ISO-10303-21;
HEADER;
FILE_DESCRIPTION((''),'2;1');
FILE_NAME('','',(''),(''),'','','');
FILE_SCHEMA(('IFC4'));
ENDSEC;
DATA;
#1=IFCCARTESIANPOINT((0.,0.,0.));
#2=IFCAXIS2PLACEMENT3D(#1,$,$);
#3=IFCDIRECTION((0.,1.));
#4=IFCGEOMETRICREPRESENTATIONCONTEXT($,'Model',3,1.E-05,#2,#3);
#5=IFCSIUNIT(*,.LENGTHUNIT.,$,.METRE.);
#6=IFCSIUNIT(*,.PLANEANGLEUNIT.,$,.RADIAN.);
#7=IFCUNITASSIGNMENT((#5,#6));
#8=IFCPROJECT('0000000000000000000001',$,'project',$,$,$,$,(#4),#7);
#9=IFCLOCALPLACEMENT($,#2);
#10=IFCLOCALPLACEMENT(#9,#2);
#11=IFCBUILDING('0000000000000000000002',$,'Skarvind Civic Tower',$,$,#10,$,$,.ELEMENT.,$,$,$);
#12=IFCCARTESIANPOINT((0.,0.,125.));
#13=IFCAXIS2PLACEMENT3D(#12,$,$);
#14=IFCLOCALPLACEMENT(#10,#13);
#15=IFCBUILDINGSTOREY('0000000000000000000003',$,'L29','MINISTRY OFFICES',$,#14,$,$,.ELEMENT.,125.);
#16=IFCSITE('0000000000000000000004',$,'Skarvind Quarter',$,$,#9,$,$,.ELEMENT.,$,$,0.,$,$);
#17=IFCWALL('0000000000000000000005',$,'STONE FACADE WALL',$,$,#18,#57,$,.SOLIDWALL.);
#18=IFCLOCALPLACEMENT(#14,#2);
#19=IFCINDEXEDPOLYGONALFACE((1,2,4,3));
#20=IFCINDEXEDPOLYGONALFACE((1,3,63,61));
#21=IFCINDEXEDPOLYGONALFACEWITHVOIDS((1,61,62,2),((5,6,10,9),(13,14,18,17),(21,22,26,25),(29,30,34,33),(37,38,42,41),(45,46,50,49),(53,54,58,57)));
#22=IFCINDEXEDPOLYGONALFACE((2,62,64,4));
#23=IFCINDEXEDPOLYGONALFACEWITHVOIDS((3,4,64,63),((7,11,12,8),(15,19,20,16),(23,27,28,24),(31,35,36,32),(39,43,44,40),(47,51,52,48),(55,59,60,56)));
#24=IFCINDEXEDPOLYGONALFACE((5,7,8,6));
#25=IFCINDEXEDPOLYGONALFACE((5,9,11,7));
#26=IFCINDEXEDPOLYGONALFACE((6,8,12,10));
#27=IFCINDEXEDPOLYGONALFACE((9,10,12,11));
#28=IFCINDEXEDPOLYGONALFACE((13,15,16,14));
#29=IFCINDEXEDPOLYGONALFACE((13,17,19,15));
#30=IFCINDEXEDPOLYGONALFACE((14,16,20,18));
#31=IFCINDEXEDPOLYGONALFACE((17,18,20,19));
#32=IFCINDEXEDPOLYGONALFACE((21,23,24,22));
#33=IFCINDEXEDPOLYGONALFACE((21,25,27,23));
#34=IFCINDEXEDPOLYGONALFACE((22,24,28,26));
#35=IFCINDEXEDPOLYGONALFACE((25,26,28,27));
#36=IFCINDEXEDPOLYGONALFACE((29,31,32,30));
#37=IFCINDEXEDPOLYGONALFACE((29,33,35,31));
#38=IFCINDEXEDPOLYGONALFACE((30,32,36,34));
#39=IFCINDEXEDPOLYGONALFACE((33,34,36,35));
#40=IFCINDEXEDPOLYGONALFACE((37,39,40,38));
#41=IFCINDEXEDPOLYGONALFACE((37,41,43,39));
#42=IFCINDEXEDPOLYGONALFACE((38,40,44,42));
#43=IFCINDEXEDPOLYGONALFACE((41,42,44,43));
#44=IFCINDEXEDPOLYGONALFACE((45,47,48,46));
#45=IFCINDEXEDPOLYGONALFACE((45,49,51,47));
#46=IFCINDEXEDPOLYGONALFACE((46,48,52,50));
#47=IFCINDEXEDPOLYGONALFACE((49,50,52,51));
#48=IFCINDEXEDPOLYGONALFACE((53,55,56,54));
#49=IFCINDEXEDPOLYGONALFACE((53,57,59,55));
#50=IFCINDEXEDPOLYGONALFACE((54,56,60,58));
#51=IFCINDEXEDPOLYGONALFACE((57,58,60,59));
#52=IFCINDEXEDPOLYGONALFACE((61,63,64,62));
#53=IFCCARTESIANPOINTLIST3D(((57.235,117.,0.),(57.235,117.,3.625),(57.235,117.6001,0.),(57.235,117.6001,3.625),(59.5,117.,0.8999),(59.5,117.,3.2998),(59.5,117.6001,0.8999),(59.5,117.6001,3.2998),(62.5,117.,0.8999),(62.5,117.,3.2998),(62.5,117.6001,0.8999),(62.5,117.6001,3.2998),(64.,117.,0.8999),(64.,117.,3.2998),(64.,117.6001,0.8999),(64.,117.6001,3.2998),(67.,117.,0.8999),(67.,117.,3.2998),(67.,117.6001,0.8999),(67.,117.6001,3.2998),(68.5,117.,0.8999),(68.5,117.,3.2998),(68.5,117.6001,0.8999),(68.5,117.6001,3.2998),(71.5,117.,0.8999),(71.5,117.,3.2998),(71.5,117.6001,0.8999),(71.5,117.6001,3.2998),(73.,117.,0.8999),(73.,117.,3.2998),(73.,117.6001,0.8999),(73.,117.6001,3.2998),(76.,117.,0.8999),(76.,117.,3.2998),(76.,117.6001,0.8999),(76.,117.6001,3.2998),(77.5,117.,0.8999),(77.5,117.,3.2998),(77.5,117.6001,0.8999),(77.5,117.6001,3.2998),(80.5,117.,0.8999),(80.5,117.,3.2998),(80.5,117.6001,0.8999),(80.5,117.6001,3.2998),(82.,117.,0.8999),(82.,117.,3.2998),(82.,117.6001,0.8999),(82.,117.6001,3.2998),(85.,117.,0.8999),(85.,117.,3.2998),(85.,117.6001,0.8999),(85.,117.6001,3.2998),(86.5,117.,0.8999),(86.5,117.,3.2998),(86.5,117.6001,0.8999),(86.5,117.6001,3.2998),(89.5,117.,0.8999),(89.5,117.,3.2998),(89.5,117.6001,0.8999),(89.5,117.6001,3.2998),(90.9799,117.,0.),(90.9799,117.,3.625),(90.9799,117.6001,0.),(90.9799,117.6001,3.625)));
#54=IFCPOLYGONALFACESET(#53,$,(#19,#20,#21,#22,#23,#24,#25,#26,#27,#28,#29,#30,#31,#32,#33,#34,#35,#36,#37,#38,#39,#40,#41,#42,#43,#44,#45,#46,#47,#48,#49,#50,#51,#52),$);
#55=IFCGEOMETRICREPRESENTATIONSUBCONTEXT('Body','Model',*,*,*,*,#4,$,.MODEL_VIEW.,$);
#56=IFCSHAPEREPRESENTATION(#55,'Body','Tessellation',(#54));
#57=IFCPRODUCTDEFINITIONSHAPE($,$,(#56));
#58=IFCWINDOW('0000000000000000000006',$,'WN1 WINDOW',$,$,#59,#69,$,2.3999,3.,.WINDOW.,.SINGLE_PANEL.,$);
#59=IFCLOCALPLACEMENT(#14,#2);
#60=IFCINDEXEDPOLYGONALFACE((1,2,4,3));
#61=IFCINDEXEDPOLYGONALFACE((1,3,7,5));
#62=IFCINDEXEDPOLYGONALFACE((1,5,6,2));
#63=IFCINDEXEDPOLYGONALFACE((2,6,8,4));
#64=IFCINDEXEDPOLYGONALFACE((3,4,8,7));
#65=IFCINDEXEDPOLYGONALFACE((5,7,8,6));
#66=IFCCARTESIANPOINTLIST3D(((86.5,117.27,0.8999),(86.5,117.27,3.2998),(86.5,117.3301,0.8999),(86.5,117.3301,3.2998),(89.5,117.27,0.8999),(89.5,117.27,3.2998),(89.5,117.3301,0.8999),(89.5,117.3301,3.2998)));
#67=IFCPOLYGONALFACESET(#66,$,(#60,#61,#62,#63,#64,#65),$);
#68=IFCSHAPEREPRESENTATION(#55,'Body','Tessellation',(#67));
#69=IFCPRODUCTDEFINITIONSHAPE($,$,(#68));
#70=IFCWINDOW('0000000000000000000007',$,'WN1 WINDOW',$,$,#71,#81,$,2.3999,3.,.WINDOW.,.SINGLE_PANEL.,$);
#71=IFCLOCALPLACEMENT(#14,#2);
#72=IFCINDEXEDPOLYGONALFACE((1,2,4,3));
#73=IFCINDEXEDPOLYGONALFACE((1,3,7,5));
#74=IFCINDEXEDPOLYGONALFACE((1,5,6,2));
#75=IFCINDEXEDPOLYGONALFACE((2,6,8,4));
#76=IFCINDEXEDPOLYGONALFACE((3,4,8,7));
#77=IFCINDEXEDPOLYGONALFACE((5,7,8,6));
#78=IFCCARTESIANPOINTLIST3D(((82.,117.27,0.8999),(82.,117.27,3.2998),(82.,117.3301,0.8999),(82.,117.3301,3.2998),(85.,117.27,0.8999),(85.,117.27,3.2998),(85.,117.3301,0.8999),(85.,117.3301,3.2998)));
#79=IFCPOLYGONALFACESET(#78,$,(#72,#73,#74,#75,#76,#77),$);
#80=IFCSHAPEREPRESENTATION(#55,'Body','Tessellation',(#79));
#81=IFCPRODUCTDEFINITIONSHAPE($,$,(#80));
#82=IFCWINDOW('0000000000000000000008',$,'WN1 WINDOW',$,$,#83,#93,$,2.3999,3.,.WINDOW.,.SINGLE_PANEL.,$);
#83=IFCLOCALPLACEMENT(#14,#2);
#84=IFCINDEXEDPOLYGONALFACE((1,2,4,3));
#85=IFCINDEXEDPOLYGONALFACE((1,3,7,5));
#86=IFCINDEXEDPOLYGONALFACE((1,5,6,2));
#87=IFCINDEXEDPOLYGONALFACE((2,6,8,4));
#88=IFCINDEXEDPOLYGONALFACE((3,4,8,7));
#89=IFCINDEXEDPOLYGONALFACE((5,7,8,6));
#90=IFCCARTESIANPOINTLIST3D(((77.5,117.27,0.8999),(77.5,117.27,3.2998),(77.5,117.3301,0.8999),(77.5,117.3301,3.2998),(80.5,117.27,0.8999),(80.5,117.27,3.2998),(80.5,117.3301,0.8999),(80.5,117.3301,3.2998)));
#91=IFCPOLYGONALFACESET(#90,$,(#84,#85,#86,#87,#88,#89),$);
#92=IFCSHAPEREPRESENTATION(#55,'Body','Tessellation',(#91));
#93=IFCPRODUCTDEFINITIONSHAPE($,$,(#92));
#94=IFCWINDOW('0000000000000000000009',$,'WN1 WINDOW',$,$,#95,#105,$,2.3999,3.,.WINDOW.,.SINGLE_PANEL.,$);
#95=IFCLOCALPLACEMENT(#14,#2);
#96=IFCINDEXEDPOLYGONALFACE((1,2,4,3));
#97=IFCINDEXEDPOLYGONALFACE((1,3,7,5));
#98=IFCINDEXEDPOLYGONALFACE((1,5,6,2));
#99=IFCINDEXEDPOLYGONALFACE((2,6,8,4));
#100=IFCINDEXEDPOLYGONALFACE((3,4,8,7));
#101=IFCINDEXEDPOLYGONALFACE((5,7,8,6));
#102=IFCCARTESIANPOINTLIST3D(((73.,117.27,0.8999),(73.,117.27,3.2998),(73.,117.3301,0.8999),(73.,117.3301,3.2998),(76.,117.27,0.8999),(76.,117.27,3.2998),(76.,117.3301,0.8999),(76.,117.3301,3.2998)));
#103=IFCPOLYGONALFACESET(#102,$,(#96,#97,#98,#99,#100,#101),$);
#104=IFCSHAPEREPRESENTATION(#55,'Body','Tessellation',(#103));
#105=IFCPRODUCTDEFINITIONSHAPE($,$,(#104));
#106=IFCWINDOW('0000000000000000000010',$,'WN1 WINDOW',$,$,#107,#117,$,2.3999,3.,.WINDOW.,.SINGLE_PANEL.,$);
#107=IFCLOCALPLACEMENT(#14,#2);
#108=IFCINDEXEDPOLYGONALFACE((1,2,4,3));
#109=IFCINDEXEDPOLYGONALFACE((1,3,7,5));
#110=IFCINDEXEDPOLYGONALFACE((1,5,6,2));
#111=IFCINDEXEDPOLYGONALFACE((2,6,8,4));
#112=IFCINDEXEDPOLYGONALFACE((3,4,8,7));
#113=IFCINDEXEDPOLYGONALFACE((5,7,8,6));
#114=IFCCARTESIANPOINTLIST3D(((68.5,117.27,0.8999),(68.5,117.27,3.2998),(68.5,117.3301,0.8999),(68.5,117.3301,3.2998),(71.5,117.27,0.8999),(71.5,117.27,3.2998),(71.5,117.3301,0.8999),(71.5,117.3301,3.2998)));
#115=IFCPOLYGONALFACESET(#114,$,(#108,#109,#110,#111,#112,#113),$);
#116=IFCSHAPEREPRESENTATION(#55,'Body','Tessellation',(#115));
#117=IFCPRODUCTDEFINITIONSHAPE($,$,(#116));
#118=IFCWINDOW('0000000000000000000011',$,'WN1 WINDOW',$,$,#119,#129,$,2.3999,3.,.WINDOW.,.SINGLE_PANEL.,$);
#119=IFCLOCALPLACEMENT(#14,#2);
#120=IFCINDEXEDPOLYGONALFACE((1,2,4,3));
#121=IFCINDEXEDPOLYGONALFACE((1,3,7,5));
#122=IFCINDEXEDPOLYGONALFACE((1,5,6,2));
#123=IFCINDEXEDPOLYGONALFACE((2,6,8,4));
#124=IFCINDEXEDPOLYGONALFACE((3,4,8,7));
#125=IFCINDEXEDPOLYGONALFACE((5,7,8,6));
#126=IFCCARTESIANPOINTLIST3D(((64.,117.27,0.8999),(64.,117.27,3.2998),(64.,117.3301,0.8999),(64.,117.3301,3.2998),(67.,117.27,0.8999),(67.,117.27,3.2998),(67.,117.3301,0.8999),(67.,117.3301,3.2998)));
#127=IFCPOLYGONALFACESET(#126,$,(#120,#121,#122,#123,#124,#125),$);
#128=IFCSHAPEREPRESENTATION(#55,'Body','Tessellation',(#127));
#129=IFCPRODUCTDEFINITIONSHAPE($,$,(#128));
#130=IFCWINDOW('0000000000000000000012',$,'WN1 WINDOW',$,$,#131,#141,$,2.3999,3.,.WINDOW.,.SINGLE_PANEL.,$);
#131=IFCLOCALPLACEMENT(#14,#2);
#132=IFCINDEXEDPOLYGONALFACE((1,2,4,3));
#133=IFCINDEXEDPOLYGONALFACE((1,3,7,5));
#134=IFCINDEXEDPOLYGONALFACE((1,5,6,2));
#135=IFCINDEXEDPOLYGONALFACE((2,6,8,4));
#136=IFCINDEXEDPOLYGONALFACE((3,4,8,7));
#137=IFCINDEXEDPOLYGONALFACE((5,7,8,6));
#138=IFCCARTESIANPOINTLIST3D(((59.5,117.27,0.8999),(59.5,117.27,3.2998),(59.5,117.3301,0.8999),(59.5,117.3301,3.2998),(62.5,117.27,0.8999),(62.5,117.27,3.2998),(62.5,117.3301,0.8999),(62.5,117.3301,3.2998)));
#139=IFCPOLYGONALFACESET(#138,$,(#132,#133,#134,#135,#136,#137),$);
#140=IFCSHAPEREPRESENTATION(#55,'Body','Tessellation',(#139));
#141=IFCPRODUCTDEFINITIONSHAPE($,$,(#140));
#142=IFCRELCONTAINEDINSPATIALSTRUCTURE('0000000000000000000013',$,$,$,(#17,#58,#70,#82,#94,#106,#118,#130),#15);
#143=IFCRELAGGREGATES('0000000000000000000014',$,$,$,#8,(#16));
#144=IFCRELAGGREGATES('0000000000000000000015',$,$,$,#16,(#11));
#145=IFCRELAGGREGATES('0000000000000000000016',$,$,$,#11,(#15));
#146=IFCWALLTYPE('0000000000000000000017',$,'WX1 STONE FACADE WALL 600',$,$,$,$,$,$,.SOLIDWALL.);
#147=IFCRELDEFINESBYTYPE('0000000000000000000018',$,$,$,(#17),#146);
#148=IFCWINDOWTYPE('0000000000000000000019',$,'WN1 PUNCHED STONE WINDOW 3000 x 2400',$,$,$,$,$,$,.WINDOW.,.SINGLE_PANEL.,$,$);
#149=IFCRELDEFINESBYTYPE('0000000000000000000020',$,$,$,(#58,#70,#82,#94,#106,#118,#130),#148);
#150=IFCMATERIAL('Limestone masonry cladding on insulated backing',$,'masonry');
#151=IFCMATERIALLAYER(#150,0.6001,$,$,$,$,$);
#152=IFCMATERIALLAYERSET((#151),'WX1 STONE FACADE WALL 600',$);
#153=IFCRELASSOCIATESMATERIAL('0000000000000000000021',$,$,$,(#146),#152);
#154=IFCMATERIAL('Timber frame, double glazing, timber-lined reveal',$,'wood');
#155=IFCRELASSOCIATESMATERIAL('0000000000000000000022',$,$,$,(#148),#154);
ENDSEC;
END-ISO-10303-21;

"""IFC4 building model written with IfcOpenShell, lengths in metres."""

from ifc_helpers import new_model, si_unit, direction, frame, frame_2d, origin, place, context, subcontext, project, spatial, rectangle, extrude, material, layer, layer_set, type_object, element, fill, save


model = new_model("IFC4")

# Units and contexts
model_context = context("Model", 3, precision=1e-05, world=origin(), true_north=direction((0.0, 1.0)))
body_context = subcontext(model_context, "Body", "Model", "MODEL_VIEW")
ifc_project = project(units=[si_unit("LENGTHUNIT", "METRE"), si_unit("PLANEANGLEUNIT", "RADIAN")], contexts=[model_context])

# Site, building, storey
site_placement = place(None, origin())
site = spatial("IfcSite", under=ifc_project, at=site_placement, Name="Skarvind Quarter", CompositionType="ELEMENT", RefElevation=0.0)
building_placement = place(site_placement, origin())
building = spatial("IfcBuilding", under=site, at=building_placement, Name="Skarvind Civic Tower", CompositionType="ELEMENT")
storey_placement = place(building_placement, frame((0.0, 0.0, 125.0)))
storey = spatial("IfcBuildingStorey", under=building, at=storey_placement, Name="L29", Description="MINISTRY OFFICES", CompositionType="ELEMENT", Elevation=125.0)

# Wall, openings, windows
ifc_material_1 = material(Name="Limestone masonry cladding on insulated backing", Category="masonry")
ifc_layer_1 = layer(ifc_material_1, 0.6001)
ifc_layer_set_1 = layer_set([ifc_layer_1], Name="WX1 STONE FACADE WALL 600")
wall_type_1 = type_object("IfcWallType", Name="WX1 STONE FACADE WALL 600", PredefinedType="SOLIDWALL", material=ifc_layer_set_1)
wall_1_placement = place(storey_placement, frame((90.98, 117.3, 0.0), z_axis=(0.0, 0.0, 1.0), x_axis=(-1.0, 0.0, 0.0)))
wall_1 = element("IfcWall", 1, at=wall_1_placement, inside=storey, type_object=wall_type_1, Name="STONE FACADE WALL", PredefinedType="SOLIDWALL", context=body_context, shape_type="SweptSolid", body=[
    extrude(rectangle(XDim=33.7449, YDim=0.6001, at=frame_2d((16.8726, 0.0))), origin(), (0.0, 0.0, 1.0), 3.625),
])
opening_1_placement = place(wall_1_placement, frame((1.48, 0.0, 0.8999)))
opening_1 = element("IfcOpeningElement", 2, at=opening_1_placement, cuts=wall_1, PredefinedType="OPENING", context=body_context, shape_type="SweptSolid", body=[
    extrude(rectangle(XDim=3.0, YDim=2.3999, at=frame_2d((1.5, 1.2))), frame((0.0, 0.3101, 0.0), z_axis=(0.0, -1.0, 0.0), x_axis=(1.0, 0.0, 0.0)), (0.0, 0.0, 1.0), 0.6201),
])
opening_2_placement = place(wall_1_placement, frame((5.98, 0.0, 0.8999)))
opening_2 = element("IfcOpeningElement", 3, at=opening_2_placement, cuts=wall_1, PredefinedType="OPENING", context=body_context, shape_type="SweptSolid", body=[
    extrude(rectangle(XDim=3.0, YDim=2.3999, at=frame_2d((1.5, 1.2))), frame((0.0, 0.3101, 0.0), z_axis=(0.0, -1.0, 0.0), x_axis=(1.0, 0.0, 0.0)), (0.0, 0.0, 1.0), 0.6201),
])
opening_3_placement = place(wall_1_placement, frame((10.48, 0.0, 0.8999)))
opening_3 = element("IfcOpeningElement", 4, at=opening_3_placement, cuts=wall_1, PredefinedType="OPENING", context=body_context, shape_type="SweptSolid", body=[
    extrude(rectangle(XDim=3.0, YDim=2.3999, at=frame_2d((1.5, 1.2))), frame((0.0, 0.3101, 0.0), z_axis=(0.0, -1.0, 0.0), x_axis=(1.0, 0.0, 0.0)), (0.0, 0.0, 1.0), 0.6201),
])
opening_4_placement = place(wall_1_placement, frame((14.98, 0.0, 0.8999)))
opening_4 = element("IfcOpeningElement", 5, at=opening_4_placement, cuts=wall_1, PredefinedType="OPENING", context=body_context, shape_type="SweptSolid", body=[
    extrude(rectangle(XDim=3.0, YDim=2.3999, at=frame_2d((1.5, 1.2))), frame((0.0, 0.3101, 0.0), z_axis=(0.0, -1.0, 0.0), x_axis=(1.0, 0.0, 0.0)), (0.0, 0.0, 1.0), 0.6201),
])
opening_5_placement = place(wall_1_placement, frame((19.48, 0.0, 0.8999)))
opening_5 = element("IfcOpeningElement", 6, at=opening_5_placement, cuts=wall_1, PredefinedType="OPENING", context=body_context, shape_type="SweptSolid", body=[
    extrude(rectangle(XDim=3.0, YDim=2.3999, at=frame_2d((1.5, 1.2))), frame((0.0, 0.3101, 0.0), z_axis=(0.0, -1.0, 0.0), x_axis=(1.0, 0.0, 0.0)), (0.0, 0.0, 1.0), 0.6201),
])
opening_6_placement = place(wall_1_placement, frame((23.98, 0.0, 0.8999)))
opening_6 = element("IfcOpeningElement", 7, at=opening_6_placement, cuts=wall_1, PredefinedType="OPENING", context=body_context, shape_type="SweptSolid", body=[
    extrude(rectangle(XDim=3.0, YDim=2.3999, at=frame_2d((1.5, 1.2))), frame((0.0, 0.3101, 0.0), z_axis=(0.0, -1.0, 0.0), x_axis=(1.0, 0.0, 0.0)), (0.0, 0.0, 1.0), 0.6201),
])
opening_7_placement = place(wall_1_placement, frame((28.48, 0.0, 0.8999)))
opening_7 = element("IfcOpeningElement", 8, at=opening_7_placement, cuts=wall_1, PredefinedType="OPENING", context=body_context, shape_type="SweptSolid", body=[
    extrude(rectangle(XDim=3.0, YDim=2.3999, at=frame_2d((1.5, 1.2))), frame((0.0, 0.3101, 0.0), z_axis=(0.0, -1.0, 0.0), x_axis=(1.0, 0.0, 0.0)), (0.0, 0.0, 1.0), 0.6201),
])
ifc_material_2 = material(Name="Timber frame, double glazing, timber-lined reveal", Category="wood")
window_type = type_object("IfcWindowType", Name="WN1 PUNCHED STONE WINDOW 3000 x 2400", PartitioningType="SINGLE_PANEL", PredefinedType="WINDOW", material=ifc_material_2)
window_1_placement = place(opening_1_placement, origin())
window_1 = element("IfcWindow", 9, at=window_1_placement, inside=storey, type_object=window_type, Name="WN1 WINDOW", OverallHeight=2.3999, OverallWidth=3.0, PartitioningType="SINGLE_PANEL", PredefinedType="WINDOW", context=body_context, shape_type="SweptSolid", body=[
    extrude(rectangle(XDim=3.0, YDim=2.3999, at=frame_2d((1.5, 1.2))), frame((0.0, 0.03, 0.0), z_axis=(0.0, -1.0, 0.0), x_axis=(1.0, 0.0, 0.0)), (0.0, 0.0, 1.0), 0.0601),
])
fill(opening_1, window_1)
window_2_placement = place(opening_2_placement, origin())
window_2 = element("IfcWindow", 10, at=window_2_placement, inside=storey, type_object=window_type, Name="WN1 WINDOW", OverallHeight=2.3999, OverallWidth=3.0, PartitioningType="SINGLE_PANEL", PredefinedType="WINDOW", context=body_context, shape_type="SweptSolid", body=[
    extrude(rectangle(XDim=3.0, YDim=2.3999, at=frame_2d((1.5, 1.2))), frame((0.0, 0.03, 0.0), z_axis=(0.0, -1.0, 0.0), x_axis=(1.0, 0.0, 0.0)), (0.0, 0.0, 1.0), 0.0601),
])
fill(opening_2, window_2)
window_3_placement = place(opening_3_placement, origin())
window_3 = element("IfcWindow", 11, at=window_3_placement, inside=storey, type_object=window_type, Name="WN1 WINDOW", OverallHeight=2.3999, OverallWidth=3.0, PartitioningType="SINGLE_PANEL", PredefinedType="WINDOW", context=body_context, shape_type="SweptSolid", body=[
    extrude(rectangle(XDim=3.0, YDim=2.3999, at=frame_2d((1.5, 1.2))), frame((0.0, 0.03, 0.0), z_axis=(0.0, -1.0, 0.0), x_axis=(1.0, 0.0, 0.0)), (0.0, 0.0, 1.0), 0.0601),
])
fill(opening_3, window_3)
window_4_placement = place(opening_4_placement, origin())
window_4 = element("IfcWindow", 12, at=window_4_placement, inside=storey, type_object=window_type, Name="WN1 WINDOW", OverallHeight=2.3999, OverallWidth=3.0, PartitioningType="SINGLE_PANEL", PredefinedType="WINDOW", context=body_context, shape_type="SweptSolid", body=[
    extrude(rectangle(XDim=3.0, YDim=2.3999, at=frame_2d((1.5, 1.2))), frame((0.0, 0.03, 0.0), z_axis=(0.0, -1.0, 0.0), x_axis=(1.0, 0.0, 0.0)), (0.0, 0.0, 1.0), 0.0601),
])
fill(opening_4, window_4)
window_5_placement = place(opening_5_placement, origin())
window_5 = element("IfcWindow", 13, at=window_5_placement, inside=storey, type_object=window_type, Name="WN1 WINDOW", OverallHeight=2.3999, OverallWidth=3.0, PartitioningType="SINGLE_PANEL", PredefinedType="WINDOW", context=body_context, shape_type="SweptSolid", body=[
    extrude(rectangle(XDim=3.0, YDim=2.3999, at=frame_2d((1.5, 1.2))), frame((0.0, 0.03, 0.0), z_axis=(0.0, -1.0, 0.0), x_axis=(1.0, 0.0, 0.0)), (0.0, 0.0, 1.0), 0.0601),
])
fill(opening_5, window_5)
window_6_placement = place(opening_6_placement, origin())
window_6 = element("IfcWindow", 14, at=window_6_placement, inside=storey, type_object=window_type, Name="WN1 WINDOW", OverallHeight=2.3999, OverallWidth=3.0, PartitioningType="SINGLE_PANEL", PredefinedType="WINDOW", context=body_context, shape_type="SweptSolid", body=[
    extrude(rectangle(XDim=3.0, YDim=2.3999, at=frame_2d((1.5, 1.2))), frame((0.0, 0.03, 0.0), z_axis=(0.0, -1.0, 0.0), x_axis=(1.0, 0.0, 0.0)), (0.0, 0.0, 1.0), 0.0601),
])
fill(opening_6, window_6)
window_7_placement = place(opening_7_placement, origin())
window_7 = element("IfcWindow", 15, at=window_7_placement, inside=storey, type_object=window_type, Name="WN1 WINDOW", OverallHeight=2.3999, OverallWidth=3.0, PartitioningType="SINGLE_PANEL", PredefinedType="WINDOW", context=body_context, shape_type="SweptSolid", body=[
    extrude(rectangle(XDim=3.0, YDim=2.3999, at=frame_2d((1.5, 1.2))), frame((0.0, 0.03, 0.0), z_axis=(0.0, -1.0, 0.0), x_axis=(1.0, 0.0, 0.0)), (0.0, 0.0, 1.0), 0.0601),
])
fill(opening_7, window_7)

save(model, "model.ifc")
